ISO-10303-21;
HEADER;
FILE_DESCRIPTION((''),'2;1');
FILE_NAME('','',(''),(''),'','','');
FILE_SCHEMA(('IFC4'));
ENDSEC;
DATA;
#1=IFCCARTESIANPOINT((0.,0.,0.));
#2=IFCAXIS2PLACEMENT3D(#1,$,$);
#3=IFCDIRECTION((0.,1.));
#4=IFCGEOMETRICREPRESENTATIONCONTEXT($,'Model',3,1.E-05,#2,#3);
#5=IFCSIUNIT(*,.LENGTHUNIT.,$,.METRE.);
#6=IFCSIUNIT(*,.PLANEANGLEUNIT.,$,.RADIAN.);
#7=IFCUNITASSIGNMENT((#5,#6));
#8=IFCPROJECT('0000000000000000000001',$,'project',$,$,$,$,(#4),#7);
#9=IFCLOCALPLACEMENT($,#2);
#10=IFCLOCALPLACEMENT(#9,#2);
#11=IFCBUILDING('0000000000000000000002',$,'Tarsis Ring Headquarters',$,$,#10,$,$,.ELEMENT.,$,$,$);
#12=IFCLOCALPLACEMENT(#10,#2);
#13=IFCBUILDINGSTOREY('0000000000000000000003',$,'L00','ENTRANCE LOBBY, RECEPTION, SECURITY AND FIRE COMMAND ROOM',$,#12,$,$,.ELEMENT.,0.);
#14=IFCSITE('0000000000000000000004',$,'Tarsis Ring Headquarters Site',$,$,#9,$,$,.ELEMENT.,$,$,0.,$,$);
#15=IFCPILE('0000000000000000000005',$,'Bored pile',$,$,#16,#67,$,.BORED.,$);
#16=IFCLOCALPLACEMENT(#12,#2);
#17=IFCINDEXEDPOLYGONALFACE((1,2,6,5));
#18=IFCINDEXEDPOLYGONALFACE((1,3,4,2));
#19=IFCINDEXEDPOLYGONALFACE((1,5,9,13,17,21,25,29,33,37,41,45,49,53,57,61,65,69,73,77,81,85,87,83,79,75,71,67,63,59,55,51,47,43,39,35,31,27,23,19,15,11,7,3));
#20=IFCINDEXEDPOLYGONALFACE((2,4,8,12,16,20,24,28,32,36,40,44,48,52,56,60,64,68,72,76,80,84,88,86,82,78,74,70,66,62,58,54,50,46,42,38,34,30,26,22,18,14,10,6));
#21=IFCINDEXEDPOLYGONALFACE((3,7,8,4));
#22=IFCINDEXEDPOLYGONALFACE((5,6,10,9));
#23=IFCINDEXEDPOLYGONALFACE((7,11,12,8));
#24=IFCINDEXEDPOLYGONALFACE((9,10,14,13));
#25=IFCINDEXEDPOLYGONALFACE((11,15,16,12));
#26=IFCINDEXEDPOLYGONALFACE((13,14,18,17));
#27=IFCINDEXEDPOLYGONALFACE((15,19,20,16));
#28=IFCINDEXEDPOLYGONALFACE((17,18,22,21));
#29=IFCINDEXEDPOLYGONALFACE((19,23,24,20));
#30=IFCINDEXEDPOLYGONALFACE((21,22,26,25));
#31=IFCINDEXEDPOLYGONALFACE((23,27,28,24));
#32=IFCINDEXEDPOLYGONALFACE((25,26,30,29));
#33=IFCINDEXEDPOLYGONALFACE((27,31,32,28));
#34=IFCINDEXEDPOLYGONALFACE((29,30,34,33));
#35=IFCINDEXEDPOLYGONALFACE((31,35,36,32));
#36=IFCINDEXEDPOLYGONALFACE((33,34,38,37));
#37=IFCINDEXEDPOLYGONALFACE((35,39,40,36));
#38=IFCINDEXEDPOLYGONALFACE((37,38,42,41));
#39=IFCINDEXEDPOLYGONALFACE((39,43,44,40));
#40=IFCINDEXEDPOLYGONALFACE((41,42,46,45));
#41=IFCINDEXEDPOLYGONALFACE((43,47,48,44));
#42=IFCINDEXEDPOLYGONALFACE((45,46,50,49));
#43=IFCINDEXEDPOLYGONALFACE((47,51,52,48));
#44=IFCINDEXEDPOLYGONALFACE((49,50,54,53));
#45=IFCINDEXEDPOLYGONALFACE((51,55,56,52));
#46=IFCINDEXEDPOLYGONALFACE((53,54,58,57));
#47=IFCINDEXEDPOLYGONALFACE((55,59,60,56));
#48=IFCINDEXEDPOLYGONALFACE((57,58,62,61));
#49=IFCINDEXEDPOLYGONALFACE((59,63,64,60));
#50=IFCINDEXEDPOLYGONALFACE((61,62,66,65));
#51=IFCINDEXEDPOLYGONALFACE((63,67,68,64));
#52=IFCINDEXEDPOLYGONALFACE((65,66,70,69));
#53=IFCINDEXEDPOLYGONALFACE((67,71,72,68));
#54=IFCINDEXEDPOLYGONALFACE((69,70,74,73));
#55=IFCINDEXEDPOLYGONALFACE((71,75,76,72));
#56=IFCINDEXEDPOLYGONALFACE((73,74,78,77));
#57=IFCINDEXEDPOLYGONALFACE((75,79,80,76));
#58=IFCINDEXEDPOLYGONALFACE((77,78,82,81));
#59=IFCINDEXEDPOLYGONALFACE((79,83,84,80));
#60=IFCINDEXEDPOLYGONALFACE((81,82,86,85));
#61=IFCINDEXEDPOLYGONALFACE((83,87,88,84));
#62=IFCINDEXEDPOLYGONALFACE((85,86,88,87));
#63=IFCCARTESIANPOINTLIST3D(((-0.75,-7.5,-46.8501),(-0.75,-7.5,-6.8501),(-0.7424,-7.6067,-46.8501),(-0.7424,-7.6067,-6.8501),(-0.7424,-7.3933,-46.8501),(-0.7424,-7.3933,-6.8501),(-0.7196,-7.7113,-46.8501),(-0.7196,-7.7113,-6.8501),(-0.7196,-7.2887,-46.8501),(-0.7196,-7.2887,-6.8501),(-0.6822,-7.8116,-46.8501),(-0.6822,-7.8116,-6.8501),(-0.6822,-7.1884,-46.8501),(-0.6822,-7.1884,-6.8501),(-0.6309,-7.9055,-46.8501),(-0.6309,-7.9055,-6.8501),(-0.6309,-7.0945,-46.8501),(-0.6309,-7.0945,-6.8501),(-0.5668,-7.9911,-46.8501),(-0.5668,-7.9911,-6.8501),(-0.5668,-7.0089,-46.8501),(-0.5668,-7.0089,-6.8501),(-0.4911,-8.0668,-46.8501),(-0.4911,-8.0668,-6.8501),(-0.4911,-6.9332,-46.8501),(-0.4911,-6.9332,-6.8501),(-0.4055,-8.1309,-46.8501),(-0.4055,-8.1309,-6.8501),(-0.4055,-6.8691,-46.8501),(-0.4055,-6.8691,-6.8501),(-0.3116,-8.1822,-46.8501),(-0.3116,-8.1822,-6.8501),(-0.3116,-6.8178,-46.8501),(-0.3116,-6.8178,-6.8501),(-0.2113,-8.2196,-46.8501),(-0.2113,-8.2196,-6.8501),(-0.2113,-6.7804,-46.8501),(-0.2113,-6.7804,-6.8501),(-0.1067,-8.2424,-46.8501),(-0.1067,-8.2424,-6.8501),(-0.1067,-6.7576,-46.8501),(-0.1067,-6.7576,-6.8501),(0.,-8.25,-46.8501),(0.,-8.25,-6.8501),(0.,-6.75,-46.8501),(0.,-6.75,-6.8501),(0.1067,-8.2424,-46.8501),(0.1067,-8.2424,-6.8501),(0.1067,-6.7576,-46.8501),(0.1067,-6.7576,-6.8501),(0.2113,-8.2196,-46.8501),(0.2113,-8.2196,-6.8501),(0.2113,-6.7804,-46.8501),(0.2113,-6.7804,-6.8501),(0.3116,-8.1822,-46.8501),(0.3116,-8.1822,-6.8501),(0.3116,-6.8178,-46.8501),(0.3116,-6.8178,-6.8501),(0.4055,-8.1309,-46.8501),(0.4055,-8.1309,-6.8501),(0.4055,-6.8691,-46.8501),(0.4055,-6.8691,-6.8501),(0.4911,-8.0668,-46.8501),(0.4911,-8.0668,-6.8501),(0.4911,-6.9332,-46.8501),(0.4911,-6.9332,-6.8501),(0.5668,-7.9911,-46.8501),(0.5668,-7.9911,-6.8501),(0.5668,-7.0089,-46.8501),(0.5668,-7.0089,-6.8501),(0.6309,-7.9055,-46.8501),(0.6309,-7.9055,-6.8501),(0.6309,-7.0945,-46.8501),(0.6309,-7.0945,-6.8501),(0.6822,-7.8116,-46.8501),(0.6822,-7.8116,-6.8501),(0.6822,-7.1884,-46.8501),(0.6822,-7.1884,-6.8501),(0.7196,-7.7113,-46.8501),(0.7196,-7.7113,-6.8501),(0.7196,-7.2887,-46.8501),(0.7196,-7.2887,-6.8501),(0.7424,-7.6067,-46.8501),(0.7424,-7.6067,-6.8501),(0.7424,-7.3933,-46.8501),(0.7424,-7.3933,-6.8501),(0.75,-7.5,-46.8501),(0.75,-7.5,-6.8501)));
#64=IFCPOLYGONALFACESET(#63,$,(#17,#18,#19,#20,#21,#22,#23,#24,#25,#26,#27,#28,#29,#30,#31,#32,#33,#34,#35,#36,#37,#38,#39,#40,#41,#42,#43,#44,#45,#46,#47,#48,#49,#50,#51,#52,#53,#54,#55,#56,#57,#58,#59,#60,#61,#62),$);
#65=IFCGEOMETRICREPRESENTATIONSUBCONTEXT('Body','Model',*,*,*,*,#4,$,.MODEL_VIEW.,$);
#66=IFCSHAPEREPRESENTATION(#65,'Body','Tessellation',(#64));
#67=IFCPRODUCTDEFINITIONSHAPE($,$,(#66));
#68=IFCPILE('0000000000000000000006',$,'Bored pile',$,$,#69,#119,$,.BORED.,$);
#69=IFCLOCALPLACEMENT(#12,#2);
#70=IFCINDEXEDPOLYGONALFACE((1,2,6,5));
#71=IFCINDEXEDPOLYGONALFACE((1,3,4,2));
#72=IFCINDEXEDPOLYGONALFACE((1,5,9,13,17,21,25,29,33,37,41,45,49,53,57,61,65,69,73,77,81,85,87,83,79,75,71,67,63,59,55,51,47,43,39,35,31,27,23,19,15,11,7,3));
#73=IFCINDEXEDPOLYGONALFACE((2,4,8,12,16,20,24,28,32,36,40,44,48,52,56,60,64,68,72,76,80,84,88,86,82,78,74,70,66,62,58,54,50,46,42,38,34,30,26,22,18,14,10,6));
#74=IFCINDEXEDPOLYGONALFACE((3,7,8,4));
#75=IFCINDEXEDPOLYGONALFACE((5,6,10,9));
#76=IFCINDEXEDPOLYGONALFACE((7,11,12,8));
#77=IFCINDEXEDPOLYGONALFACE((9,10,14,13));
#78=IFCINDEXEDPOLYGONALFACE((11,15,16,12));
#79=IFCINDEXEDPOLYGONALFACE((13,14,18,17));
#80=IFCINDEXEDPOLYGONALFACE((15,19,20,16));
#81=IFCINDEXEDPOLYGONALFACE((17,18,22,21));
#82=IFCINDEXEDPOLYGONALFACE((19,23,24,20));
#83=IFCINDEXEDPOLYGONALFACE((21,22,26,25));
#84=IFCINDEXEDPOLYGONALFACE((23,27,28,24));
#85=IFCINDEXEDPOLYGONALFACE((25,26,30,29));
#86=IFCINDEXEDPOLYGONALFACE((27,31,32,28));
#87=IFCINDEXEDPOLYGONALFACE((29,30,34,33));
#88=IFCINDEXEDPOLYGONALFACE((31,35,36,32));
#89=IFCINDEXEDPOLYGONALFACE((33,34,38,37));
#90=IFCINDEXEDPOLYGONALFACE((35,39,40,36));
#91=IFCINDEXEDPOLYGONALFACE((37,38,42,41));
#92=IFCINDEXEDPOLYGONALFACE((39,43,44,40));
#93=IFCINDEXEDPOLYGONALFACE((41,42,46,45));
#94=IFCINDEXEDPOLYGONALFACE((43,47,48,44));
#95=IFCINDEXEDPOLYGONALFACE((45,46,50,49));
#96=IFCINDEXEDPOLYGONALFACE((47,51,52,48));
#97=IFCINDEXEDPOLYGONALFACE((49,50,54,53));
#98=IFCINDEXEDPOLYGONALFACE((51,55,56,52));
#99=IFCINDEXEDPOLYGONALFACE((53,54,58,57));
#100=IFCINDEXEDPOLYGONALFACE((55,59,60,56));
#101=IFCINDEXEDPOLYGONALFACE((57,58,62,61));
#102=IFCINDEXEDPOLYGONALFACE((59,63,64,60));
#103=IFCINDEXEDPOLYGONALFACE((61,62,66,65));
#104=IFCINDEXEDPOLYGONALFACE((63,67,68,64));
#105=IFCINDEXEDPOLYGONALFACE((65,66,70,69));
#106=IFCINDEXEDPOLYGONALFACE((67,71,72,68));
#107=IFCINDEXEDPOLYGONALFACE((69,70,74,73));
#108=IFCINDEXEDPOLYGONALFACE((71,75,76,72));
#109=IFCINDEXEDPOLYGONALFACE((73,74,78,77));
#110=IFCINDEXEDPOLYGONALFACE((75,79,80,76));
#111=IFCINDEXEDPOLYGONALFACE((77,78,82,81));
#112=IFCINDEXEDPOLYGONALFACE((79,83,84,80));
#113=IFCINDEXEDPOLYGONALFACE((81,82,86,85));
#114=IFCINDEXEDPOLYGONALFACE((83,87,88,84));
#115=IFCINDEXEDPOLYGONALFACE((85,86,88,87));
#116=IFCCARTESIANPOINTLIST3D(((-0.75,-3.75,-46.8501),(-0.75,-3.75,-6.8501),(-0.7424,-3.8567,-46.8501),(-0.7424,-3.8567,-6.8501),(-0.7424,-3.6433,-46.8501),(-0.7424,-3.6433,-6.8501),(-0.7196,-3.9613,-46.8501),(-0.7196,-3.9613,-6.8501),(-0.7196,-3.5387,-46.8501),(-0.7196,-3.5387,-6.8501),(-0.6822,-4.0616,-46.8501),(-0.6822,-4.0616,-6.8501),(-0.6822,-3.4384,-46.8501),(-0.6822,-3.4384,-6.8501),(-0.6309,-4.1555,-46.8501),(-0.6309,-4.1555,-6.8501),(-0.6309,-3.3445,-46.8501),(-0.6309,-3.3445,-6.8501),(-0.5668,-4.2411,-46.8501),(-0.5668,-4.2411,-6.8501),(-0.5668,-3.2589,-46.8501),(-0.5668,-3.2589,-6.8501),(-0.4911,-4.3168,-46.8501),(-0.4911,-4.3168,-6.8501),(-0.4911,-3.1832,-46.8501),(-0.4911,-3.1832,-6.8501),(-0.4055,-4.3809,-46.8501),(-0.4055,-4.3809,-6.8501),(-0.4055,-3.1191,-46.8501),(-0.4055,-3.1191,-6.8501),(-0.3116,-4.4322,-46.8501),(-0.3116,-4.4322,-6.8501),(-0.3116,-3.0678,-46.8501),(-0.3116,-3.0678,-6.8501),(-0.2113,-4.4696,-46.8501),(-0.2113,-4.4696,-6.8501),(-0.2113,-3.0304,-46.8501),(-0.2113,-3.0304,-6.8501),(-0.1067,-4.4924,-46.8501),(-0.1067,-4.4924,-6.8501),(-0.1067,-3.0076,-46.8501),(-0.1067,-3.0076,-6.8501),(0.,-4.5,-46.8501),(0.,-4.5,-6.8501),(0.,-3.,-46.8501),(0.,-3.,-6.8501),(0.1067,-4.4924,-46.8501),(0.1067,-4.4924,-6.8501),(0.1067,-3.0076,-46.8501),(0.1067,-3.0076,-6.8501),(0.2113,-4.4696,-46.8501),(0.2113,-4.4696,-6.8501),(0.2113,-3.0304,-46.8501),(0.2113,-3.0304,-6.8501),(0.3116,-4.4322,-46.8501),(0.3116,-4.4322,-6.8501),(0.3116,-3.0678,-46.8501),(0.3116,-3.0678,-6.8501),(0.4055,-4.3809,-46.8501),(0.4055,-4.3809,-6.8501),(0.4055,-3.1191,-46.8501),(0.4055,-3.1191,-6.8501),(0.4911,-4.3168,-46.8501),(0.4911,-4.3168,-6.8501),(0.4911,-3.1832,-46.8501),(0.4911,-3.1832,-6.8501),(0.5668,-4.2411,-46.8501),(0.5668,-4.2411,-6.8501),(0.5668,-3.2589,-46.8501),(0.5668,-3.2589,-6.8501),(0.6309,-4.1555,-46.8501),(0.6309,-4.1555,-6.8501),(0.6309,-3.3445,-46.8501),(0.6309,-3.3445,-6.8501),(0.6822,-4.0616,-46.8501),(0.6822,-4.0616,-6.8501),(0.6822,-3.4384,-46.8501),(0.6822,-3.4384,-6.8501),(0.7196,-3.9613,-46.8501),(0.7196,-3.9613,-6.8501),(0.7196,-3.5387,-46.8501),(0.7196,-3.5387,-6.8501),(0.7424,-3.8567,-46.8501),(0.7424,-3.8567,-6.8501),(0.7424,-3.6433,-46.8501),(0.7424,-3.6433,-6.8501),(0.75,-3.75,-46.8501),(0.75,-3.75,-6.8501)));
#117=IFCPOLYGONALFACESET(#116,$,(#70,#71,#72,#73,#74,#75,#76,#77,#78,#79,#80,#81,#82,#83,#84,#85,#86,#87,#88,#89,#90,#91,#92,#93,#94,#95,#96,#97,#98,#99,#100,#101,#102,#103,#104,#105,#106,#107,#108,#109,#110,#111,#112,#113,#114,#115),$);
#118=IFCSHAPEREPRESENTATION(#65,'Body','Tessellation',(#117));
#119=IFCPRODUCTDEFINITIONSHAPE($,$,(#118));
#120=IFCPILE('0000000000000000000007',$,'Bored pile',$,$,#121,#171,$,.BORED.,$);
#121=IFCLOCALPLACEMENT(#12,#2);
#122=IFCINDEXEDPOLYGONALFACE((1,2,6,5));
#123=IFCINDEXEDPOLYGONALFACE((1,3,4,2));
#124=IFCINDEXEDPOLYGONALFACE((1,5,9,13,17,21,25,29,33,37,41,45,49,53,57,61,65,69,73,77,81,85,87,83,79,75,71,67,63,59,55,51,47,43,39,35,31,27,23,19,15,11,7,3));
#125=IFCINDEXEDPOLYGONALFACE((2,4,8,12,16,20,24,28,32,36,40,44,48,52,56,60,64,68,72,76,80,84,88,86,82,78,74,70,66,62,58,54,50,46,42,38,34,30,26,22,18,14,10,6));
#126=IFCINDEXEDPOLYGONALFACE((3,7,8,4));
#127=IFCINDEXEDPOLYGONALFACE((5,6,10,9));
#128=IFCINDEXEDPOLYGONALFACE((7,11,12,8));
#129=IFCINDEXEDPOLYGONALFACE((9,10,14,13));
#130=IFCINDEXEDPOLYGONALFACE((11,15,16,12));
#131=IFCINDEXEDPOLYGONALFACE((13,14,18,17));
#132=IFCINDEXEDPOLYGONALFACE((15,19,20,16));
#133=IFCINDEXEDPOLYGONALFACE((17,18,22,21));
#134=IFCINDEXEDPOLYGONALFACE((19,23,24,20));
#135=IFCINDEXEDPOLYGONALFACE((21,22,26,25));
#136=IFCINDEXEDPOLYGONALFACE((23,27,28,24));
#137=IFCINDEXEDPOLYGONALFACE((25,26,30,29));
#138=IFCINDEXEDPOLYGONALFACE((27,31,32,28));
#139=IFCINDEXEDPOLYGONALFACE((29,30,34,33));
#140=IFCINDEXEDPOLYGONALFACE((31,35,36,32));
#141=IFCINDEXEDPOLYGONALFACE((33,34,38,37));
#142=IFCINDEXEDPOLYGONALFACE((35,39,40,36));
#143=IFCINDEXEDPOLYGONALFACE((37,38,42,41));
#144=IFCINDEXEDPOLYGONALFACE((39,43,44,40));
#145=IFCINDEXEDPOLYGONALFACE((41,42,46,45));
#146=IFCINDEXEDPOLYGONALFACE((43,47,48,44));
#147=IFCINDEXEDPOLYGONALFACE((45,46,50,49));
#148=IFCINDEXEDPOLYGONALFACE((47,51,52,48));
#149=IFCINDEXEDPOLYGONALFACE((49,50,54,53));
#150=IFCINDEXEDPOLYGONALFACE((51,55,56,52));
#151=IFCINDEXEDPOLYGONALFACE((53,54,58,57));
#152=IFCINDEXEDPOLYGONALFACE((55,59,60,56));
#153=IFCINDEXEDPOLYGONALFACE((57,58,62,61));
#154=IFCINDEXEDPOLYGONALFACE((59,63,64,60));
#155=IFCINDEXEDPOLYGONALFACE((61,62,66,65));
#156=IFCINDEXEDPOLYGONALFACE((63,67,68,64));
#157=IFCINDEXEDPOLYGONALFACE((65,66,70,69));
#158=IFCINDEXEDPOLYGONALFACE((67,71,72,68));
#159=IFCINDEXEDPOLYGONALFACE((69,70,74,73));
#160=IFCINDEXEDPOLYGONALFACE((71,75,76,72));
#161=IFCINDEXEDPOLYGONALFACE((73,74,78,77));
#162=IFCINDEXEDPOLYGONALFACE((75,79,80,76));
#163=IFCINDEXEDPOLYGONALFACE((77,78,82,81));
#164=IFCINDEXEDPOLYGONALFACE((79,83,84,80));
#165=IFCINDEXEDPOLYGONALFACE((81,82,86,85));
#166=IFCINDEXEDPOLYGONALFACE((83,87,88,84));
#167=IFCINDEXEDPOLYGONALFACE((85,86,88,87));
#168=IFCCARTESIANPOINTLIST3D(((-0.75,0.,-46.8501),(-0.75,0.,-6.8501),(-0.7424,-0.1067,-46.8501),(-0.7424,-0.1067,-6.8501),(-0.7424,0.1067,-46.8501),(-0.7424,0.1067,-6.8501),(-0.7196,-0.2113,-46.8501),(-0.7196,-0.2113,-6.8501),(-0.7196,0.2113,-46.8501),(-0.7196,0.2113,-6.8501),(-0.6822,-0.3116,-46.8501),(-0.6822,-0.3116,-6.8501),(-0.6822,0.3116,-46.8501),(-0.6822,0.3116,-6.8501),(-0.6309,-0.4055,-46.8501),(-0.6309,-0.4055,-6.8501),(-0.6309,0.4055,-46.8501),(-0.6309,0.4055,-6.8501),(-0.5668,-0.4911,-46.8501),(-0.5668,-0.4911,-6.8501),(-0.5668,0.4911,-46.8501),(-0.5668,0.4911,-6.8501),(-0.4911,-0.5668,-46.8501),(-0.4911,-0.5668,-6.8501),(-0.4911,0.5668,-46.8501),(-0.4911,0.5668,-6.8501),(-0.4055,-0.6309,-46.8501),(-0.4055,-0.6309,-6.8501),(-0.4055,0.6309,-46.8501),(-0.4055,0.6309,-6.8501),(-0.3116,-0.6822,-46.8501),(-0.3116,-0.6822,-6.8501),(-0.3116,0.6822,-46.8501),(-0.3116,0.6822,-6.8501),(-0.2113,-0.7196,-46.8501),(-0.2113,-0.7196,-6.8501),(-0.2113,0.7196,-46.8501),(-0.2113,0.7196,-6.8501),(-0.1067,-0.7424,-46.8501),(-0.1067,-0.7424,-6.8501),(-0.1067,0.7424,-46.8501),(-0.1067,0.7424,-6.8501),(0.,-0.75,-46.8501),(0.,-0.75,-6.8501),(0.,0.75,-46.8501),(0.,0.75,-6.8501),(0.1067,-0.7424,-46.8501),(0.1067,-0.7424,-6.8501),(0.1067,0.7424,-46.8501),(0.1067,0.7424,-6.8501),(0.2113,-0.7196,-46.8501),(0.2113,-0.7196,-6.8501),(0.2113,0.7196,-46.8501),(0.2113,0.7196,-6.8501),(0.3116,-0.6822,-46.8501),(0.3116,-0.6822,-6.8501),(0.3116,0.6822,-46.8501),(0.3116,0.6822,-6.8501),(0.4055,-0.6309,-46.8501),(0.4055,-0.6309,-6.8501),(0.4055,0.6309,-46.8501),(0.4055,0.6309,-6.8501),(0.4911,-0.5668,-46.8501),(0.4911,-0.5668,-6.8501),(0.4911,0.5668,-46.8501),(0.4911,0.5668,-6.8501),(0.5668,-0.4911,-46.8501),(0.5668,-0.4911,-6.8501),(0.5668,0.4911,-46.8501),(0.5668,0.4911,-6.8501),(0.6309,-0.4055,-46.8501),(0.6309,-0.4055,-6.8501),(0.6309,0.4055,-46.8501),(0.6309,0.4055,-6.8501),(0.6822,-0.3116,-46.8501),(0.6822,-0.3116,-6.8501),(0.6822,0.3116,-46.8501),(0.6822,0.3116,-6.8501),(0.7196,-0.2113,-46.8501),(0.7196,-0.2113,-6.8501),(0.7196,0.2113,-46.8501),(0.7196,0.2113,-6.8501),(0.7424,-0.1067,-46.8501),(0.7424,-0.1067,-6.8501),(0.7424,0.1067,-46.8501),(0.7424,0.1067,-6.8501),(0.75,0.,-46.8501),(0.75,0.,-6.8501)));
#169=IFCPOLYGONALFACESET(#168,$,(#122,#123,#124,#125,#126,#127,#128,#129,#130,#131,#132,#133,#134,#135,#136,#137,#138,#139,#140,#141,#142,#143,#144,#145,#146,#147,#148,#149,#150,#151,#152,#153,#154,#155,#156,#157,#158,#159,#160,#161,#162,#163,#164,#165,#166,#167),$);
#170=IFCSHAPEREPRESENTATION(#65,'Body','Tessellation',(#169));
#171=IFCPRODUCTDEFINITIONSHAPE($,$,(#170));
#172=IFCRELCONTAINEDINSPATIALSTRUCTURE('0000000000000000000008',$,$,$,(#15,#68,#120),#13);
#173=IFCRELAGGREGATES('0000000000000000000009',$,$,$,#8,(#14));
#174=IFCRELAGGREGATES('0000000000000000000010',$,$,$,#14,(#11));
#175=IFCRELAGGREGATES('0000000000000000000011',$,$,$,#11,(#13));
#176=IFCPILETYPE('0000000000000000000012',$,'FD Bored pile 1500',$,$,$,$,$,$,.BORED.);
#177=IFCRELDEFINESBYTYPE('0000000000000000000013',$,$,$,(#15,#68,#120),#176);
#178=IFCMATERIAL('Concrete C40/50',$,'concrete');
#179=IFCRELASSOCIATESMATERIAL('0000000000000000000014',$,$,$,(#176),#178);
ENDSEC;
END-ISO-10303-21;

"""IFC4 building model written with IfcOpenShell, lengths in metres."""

from ifc_helpers import new_model, si_unit, direction, frame, origin, origin_2d, place, context, subcontext, project, spatial, circle, extrude, material, material_profile, profile_set, type_object, element, save


model = new_model("IFC4")

# Units and contexts
model_context = context("Model", 3, precision=1e-05, world=origin(), true_north=direction((0.0, 1.0)))
body_context = subcontext(model_context, "Body", "Model", "MODEL_VIEW")
ifc_project = project(units=[si_unit("LENGTHUNIT", "METRE"), si_unit("PLANEANGLEUNIT", "RADIAN")], contexts=[model_context])

# Site, building, storey
site_placement = place(None, origin())
site = spatial("IfcSite", under=ifc_project, at=site_placement, Name="Tarsis Ring Headquarters Site", CompositionType="ELEMENT", RefElevation=0.0)
building_placement = place(site_placement, origin())
building = spatial("IfcBuilding", under=site, at=building_placement, Name="Tarsis Ring Headquarters", CompositionType="ELEMENT")
storey_placement = place(building_placement, origin())
storey = spatial("IfcBuildingStorey", under=building, at=storey_placement, Name="L00", Description="ENTRANCE LOBBY, RECEPTION, SECURITY AND FIRE COMMAND ROOM", CompositionType="ELEMENT", Elevation=0.0)

# Piles
ifc_material_1 = material(Name="Concrete C40/50", Category="concrete")
ifc_material_profile = material_profile(ifc_material_1, circle(Radius=0.75, at=origin_2d()), Name="BORED 1500")
ifc_profile_set = profile_set([ifc_material_profile], Name="Concrete C40/50")
pile_type = type_object("IfcPileType", Name="FD Bored pile 1500", PredefinedType="BORED", material=ifc_profile_set)
for number, where, z_axis, x_axis, name in (
    (1, (0.0, -7.5, -6.8501), (0.0, 0.0, -1.0), (1.0, 0.0, 0.0), "Bored pile"),
    (2, (0.0, -3.75, -6.8501), (0.0, 0.0, -1.0), (1.0, 0.0, 0.0), "Bored pile"),
    (3, (0.0, 0.0, -6.8501), (0.0, 0.0, -1.0), (1.0, 0.0, 0.0), "Bored pile"),
):
    element("IfcPile", number, at=place(storey_placement, frame(where, z_axis=z_axis, x_axis=x_axis)), inside=storey, type_object=pile_type, Name=name, PredefinedType="BORED", context=body_context, shape_type="SweptSolid", body=[
        extrude(circle(Radius=0.75, at=origin_2d()), origin(), (0.0, 0.0, 1.0), 40.0),
    ])

save(model, "model.ifc")
